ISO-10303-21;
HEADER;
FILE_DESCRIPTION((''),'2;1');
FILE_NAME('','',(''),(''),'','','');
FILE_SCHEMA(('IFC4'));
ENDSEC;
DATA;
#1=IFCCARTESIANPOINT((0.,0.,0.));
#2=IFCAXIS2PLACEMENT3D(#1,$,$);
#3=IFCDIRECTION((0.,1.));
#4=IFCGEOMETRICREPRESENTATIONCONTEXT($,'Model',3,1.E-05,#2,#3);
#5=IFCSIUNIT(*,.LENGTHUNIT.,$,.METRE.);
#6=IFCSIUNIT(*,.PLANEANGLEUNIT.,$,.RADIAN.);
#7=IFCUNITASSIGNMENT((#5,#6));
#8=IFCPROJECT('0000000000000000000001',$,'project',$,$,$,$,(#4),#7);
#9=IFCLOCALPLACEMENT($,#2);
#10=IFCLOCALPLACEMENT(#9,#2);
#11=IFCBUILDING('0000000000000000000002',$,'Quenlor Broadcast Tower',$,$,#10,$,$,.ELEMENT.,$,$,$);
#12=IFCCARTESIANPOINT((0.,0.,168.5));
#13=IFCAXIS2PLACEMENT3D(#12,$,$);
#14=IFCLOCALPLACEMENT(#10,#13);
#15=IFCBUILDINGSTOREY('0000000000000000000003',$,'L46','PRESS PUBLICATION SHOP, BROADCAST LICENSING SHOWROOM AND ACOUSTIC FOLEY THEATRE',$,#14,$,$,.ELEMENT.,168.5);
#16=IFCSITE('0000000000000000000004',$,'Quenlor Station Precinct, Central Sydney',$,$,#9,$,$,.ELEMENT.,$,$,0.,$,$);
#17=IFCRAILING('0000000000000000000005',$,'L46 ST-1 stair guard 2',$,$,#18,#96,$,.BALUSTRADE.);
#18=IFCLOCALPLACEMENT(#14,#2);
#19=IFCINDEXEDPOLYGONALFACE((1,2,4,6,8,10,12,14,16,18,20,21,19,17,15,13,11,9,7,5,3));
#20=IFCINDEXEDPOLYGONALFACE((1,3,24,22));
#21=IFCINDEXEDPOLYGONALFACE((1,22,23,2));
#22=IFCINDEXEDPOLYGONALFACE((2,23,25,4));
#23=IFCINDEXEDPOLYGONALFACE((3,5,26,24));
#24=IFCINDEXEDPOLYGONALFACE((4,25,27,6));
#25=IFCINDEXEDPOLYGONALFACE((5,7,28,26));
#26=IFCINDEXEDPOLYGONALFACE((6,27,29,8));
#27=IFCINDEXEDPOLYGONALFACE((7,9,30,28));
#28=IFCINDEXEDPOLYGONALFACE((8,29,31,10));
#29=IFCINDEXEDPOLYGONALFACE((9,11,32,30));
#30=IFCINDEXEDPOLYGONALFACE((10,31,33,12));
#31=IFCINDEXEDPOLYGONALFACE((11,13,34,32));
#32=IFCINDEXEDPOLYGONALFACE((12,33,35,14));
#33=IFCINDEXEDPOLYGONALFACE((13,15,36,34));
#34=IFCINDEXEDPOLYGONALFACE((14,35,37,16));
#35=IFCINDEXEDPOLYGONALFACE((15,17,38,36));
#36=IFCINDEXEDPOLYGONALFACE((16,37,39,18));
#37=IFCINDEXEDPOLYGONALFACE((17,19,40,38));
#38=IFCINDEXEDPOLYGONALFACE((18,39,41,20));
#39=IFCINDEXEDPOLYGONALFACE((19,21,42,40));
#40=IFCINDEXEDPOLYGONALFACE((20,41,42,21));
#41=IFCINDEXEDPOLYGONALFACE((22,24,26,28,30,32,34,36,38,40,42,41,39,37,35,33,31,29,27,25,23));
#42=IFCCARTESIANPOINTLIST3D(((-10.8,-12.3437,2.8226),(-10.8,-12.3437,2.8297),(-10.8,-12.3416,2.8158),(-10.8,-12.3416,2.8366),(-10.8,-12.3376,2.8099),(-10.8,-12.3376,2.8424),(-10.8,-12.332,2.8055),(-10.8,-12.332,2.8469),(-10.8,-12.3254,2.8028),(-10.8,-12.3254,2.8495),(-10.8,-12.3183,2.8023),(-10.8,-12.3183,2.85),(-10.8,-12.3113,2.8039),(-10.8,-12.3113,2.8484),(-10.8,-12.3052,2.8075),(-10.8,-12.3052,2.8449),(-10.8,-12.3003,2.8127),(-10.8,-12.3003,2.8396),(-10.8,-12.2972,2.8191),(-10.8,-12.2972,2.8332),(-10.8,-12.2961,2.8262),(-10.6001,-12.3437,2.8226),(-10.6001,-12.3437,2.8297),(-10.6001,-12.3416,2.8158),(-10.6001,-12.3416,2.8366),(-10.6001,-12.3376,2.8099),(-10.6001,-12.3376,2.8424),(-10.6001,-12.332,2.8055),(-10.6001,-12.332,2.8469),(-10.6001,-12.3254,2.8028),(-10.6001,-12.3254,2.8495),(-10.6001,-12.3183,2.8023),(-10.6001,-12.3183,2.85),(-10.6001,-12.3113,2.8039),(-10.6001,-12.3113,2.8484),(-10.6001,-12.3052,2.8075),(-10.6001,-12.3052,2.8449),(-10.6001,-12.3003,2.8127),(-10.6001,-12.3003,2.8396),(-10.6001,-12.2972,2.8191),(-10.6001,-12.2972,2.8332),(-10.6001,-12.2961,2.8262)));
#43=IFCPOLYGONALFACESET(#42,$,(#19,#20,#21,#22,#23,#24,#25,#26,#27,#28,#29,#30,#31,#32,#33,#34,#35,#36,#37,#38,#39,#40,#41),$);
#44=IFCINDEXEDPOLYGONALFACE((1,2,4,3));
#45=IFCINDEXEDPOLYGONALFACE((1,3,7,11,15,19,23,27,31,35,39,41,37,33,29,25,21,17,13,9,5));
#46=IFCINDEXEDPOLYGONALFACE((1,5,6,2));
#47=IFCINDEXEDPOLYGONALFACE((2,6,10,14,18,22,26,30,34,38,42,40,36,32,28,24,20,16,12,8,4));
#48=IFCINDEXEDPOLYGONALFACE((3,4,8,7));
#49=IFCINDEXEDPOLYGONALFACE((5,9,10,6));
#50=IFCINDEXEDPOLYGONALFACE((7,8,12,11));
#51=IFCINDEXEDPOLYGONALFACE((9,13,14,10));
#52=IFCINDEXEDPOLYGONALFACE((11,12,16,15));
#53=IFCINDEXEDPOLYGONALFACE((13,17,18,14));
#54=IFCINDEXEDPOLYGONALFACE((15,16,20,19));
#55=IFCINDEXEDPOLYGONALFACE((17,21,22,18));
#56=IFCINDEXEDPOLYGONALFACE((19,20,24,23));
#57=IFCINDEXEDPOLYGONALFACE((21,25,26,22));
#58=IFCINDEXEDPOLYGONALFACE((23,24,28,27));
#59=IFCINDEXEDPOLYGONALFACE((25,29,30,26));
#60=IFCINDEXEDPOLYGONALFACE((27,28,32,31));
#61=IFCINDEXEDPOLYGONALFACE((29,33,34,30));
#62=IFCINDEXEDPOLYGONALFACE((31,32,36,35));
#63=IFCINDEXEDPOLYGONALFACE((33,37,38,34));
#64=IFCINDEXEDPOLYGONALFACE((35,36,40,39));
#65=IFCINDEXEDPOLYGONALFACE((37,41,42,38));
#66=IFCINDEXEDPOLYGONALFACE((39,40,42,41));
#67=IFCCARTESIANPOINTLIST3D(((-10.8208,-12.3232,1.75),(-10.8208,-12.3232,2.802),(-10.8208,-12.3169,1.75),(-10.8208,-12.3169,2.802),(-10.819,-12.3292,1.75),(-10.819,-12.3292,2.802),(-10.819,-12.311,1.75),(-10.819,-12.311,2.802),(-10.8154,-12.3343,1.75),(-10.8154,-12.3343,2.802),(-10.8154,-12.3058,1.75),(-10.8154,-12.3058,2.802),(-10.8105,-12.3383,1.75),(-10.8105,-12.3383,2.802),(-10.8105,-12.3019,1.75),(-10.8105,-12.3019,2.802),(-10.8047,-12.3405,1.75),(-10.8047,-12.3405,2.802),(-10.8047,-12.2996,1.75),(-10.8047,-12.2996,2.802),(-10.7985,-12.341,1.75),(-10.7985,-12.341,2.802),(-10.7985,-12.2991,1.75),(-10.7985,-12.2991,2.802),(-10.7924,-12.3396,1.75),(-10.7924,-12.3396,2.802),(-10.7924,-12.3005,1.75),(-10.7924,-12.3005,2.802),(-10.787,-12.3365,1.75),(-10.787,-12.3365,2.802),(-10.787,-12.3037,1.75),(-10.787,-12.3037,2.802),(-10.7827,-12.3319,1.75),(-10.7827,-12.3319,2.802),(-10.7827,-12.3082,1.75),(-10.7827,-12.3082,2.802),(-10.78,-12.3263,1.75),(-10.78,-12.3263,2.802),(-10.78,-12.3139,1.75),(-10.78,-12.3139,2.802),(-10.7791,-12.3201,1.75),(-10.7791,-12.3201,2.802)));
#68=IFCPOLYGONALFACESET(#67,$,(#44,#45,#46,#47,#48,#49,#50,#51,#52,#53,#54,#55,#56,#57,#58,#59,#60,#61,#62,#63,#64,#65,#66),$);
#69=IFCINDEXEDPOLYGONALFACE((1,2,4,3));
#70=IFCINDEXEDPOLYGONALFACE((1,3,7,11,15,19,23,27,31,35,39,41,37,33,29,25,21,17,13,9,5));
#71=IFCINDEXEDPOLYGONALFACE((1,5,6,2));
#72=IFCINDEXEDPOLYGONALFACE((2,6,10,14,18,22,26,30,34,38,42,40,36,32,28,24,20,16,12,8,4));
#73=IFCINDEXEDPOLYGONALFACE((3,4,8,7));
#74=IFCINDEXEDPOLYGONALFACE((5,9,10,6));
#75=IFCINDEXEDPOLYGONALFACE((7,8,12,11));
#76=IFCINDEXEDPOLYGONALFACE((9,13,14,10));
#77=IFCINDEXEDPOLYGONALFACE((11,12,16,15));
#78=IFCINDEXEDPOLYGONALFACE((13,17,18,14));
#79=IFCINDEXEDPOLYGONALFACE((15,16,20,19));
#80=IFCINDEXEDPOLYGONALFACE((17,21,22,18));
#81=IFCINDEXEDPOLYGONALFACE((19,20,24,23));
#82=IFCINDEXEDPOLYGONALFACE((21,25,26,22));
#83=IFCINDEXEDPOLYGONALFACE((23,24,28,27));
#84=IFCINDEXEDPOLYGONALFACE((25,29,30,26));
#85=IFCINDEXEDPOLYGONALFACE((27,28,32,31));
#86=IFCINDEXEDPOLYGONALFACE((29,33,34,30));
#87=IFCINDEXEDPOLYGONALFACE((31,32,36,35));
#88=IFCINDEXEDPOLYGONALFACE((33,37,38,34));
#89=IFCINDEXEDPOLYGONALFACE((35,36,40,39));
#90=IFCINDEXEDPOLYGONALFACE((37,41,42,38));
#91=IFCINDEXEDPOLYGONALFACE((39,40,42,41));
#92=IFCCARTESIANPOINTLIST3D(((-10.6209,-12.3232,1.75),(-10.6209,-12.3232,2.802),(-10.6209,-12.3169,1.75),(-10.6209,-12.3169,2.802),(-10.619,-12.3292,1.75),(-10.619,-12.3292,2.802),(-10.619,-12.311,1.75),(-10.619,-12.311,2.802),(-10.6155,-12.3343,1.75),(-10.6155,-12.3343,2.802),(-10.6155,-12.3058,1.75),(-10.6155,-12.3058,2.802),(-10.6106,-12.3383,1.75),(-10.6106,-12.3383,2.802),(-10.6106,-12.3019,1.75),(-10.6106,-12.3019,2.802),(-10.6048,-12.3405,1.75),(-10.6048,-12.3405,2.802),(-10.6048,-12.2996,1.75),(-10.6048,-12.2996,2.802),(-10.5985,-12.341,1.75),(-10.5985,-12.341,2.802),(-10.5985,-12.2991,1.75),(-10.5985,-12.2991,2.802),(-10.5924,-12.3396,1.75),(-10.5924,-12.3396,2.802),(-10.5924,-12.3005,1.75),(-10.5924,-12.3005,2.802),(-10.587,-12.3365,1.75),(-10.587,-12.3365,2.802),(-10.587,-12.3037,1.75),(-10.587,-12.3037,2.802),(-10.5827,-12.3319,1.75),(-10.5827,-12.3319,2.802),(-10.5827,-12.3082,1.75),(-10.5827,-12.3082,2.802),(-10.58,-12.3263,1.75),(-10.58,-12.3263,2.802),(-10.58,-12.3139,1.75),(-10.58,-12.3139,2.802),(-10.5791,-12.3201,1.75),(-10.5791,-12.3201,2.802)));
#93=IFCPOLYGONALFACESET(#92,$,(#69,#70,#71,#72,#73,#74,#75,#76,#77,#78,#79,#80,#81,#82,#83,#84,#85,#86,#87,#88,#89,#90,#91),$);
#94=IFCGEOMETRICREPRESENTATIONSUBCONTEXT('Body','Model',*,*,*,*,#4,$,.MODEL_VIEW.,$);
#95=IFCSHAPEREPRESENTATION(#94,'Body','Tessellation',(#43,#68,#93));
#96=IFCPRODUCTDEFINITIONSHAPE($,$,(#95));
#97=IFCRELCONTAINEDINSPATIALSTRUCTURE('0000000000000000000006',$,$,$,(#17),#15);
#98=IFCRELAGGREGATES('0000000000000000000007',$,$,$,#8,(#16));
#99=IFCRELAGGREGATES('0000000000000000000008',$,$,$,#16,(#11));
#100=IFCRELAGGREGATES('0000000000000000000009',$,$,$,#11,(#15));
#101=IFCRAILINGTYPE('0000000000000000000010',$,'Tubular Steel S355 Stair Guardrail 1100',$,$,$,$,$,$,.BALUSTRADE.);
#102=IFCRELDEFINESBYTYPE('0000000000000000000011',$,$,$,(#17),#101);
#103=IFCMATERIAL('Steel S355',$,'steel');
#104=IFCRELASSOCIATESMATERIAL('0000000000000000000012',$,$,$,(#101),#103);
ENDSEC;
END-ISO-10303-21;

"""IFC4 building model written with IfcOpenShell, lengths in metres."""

from ifc_helpers import new_model, si_unit, direction, frame, origin, origin_2d, place, context, subcontext, project, spatial, circle, extrude, material, type_object, element, save


model = new_model("IFC4")

# Units and contexts
model_context = context("Model", 3, precision=1e-05, world=origin(), true_north=direction((0.0, 1.0)))
body_context = subcontext(model_context, "Body", "Model", "MODEL_VIEW")
ifc_project = project(units=[si_unit("LENGTHUNIT", "METRE"), si_unit("PLANEANGLEUNIT", "RADIAN")], contexts=[model_context])

# Site, building, storey
site_placement = place(None, origin())
site = spatial("IfcSite", under=ifc_project, at=site_placement, Name="Quenlor Station Precinct, Central Sydney", CompositionType="ELEMENT", RefElevation=0.0)
building_placement = place(site_placement, origin())
building = spatial("IfcBuilding", under=site, at=building_placement, Name="Quenlor Broadcast Tower", CompositionType="ELEMENT")
storey_placement = place(building_placement, frame((0.0, 0.0, 168.5)))
storey = spatial("IfcBuildingStorey", under=building, at=storey_placement, Name="L46", Description="PRESS PUBLICATION SHOP, BROADCAST LICENSING SHOWROOM AND ACOUSTIC FOLEY THEATRE", CompositionType="ELEMENT", Elevation=168.5)

# Railing
ifc_material_1 = material(Name="Steel S355", Category="steel")
railing_type_1 = type_object("IfcRailingType", Name="Tubular Steel S355 Stair Guardrail 1100", PredefinedType="BALUSTRADE", material=ifc_material_1)
railing_1_placement = place(storey_placement, frame((-10.8, -12.3201, 1.75)))
element("IfcRailing", 1, at=railing_1_placement, inside=storey, type_object=railing_type_1, Name="L46 ST-1 stair guard 2", PredefinedType="BALUSTRADE", context=body_context, shape_type="SweptSolid", body=[
    extrude(circle(Radius=0.0239, at=origin_2d()), frame((0.0, 0.0, 1.0762), z_axis=(1.0, 0.0, 0.0), x_axis=(0.0, 1.0, 0.0)), (0.0, 0.0, 1.0), 0.2),
    extrude(circle(Radius=0.021, at=origin_2d()), origin(), (0.0, 0.0, 1.0), 1.052),
    extrude(circle(Radius=0.021, at=origin_2d()), frame((0.2, 0.0, 0.0)), (0.0, 0.0, 1.0), 1.052),
])

save(model, "model.ifc")
